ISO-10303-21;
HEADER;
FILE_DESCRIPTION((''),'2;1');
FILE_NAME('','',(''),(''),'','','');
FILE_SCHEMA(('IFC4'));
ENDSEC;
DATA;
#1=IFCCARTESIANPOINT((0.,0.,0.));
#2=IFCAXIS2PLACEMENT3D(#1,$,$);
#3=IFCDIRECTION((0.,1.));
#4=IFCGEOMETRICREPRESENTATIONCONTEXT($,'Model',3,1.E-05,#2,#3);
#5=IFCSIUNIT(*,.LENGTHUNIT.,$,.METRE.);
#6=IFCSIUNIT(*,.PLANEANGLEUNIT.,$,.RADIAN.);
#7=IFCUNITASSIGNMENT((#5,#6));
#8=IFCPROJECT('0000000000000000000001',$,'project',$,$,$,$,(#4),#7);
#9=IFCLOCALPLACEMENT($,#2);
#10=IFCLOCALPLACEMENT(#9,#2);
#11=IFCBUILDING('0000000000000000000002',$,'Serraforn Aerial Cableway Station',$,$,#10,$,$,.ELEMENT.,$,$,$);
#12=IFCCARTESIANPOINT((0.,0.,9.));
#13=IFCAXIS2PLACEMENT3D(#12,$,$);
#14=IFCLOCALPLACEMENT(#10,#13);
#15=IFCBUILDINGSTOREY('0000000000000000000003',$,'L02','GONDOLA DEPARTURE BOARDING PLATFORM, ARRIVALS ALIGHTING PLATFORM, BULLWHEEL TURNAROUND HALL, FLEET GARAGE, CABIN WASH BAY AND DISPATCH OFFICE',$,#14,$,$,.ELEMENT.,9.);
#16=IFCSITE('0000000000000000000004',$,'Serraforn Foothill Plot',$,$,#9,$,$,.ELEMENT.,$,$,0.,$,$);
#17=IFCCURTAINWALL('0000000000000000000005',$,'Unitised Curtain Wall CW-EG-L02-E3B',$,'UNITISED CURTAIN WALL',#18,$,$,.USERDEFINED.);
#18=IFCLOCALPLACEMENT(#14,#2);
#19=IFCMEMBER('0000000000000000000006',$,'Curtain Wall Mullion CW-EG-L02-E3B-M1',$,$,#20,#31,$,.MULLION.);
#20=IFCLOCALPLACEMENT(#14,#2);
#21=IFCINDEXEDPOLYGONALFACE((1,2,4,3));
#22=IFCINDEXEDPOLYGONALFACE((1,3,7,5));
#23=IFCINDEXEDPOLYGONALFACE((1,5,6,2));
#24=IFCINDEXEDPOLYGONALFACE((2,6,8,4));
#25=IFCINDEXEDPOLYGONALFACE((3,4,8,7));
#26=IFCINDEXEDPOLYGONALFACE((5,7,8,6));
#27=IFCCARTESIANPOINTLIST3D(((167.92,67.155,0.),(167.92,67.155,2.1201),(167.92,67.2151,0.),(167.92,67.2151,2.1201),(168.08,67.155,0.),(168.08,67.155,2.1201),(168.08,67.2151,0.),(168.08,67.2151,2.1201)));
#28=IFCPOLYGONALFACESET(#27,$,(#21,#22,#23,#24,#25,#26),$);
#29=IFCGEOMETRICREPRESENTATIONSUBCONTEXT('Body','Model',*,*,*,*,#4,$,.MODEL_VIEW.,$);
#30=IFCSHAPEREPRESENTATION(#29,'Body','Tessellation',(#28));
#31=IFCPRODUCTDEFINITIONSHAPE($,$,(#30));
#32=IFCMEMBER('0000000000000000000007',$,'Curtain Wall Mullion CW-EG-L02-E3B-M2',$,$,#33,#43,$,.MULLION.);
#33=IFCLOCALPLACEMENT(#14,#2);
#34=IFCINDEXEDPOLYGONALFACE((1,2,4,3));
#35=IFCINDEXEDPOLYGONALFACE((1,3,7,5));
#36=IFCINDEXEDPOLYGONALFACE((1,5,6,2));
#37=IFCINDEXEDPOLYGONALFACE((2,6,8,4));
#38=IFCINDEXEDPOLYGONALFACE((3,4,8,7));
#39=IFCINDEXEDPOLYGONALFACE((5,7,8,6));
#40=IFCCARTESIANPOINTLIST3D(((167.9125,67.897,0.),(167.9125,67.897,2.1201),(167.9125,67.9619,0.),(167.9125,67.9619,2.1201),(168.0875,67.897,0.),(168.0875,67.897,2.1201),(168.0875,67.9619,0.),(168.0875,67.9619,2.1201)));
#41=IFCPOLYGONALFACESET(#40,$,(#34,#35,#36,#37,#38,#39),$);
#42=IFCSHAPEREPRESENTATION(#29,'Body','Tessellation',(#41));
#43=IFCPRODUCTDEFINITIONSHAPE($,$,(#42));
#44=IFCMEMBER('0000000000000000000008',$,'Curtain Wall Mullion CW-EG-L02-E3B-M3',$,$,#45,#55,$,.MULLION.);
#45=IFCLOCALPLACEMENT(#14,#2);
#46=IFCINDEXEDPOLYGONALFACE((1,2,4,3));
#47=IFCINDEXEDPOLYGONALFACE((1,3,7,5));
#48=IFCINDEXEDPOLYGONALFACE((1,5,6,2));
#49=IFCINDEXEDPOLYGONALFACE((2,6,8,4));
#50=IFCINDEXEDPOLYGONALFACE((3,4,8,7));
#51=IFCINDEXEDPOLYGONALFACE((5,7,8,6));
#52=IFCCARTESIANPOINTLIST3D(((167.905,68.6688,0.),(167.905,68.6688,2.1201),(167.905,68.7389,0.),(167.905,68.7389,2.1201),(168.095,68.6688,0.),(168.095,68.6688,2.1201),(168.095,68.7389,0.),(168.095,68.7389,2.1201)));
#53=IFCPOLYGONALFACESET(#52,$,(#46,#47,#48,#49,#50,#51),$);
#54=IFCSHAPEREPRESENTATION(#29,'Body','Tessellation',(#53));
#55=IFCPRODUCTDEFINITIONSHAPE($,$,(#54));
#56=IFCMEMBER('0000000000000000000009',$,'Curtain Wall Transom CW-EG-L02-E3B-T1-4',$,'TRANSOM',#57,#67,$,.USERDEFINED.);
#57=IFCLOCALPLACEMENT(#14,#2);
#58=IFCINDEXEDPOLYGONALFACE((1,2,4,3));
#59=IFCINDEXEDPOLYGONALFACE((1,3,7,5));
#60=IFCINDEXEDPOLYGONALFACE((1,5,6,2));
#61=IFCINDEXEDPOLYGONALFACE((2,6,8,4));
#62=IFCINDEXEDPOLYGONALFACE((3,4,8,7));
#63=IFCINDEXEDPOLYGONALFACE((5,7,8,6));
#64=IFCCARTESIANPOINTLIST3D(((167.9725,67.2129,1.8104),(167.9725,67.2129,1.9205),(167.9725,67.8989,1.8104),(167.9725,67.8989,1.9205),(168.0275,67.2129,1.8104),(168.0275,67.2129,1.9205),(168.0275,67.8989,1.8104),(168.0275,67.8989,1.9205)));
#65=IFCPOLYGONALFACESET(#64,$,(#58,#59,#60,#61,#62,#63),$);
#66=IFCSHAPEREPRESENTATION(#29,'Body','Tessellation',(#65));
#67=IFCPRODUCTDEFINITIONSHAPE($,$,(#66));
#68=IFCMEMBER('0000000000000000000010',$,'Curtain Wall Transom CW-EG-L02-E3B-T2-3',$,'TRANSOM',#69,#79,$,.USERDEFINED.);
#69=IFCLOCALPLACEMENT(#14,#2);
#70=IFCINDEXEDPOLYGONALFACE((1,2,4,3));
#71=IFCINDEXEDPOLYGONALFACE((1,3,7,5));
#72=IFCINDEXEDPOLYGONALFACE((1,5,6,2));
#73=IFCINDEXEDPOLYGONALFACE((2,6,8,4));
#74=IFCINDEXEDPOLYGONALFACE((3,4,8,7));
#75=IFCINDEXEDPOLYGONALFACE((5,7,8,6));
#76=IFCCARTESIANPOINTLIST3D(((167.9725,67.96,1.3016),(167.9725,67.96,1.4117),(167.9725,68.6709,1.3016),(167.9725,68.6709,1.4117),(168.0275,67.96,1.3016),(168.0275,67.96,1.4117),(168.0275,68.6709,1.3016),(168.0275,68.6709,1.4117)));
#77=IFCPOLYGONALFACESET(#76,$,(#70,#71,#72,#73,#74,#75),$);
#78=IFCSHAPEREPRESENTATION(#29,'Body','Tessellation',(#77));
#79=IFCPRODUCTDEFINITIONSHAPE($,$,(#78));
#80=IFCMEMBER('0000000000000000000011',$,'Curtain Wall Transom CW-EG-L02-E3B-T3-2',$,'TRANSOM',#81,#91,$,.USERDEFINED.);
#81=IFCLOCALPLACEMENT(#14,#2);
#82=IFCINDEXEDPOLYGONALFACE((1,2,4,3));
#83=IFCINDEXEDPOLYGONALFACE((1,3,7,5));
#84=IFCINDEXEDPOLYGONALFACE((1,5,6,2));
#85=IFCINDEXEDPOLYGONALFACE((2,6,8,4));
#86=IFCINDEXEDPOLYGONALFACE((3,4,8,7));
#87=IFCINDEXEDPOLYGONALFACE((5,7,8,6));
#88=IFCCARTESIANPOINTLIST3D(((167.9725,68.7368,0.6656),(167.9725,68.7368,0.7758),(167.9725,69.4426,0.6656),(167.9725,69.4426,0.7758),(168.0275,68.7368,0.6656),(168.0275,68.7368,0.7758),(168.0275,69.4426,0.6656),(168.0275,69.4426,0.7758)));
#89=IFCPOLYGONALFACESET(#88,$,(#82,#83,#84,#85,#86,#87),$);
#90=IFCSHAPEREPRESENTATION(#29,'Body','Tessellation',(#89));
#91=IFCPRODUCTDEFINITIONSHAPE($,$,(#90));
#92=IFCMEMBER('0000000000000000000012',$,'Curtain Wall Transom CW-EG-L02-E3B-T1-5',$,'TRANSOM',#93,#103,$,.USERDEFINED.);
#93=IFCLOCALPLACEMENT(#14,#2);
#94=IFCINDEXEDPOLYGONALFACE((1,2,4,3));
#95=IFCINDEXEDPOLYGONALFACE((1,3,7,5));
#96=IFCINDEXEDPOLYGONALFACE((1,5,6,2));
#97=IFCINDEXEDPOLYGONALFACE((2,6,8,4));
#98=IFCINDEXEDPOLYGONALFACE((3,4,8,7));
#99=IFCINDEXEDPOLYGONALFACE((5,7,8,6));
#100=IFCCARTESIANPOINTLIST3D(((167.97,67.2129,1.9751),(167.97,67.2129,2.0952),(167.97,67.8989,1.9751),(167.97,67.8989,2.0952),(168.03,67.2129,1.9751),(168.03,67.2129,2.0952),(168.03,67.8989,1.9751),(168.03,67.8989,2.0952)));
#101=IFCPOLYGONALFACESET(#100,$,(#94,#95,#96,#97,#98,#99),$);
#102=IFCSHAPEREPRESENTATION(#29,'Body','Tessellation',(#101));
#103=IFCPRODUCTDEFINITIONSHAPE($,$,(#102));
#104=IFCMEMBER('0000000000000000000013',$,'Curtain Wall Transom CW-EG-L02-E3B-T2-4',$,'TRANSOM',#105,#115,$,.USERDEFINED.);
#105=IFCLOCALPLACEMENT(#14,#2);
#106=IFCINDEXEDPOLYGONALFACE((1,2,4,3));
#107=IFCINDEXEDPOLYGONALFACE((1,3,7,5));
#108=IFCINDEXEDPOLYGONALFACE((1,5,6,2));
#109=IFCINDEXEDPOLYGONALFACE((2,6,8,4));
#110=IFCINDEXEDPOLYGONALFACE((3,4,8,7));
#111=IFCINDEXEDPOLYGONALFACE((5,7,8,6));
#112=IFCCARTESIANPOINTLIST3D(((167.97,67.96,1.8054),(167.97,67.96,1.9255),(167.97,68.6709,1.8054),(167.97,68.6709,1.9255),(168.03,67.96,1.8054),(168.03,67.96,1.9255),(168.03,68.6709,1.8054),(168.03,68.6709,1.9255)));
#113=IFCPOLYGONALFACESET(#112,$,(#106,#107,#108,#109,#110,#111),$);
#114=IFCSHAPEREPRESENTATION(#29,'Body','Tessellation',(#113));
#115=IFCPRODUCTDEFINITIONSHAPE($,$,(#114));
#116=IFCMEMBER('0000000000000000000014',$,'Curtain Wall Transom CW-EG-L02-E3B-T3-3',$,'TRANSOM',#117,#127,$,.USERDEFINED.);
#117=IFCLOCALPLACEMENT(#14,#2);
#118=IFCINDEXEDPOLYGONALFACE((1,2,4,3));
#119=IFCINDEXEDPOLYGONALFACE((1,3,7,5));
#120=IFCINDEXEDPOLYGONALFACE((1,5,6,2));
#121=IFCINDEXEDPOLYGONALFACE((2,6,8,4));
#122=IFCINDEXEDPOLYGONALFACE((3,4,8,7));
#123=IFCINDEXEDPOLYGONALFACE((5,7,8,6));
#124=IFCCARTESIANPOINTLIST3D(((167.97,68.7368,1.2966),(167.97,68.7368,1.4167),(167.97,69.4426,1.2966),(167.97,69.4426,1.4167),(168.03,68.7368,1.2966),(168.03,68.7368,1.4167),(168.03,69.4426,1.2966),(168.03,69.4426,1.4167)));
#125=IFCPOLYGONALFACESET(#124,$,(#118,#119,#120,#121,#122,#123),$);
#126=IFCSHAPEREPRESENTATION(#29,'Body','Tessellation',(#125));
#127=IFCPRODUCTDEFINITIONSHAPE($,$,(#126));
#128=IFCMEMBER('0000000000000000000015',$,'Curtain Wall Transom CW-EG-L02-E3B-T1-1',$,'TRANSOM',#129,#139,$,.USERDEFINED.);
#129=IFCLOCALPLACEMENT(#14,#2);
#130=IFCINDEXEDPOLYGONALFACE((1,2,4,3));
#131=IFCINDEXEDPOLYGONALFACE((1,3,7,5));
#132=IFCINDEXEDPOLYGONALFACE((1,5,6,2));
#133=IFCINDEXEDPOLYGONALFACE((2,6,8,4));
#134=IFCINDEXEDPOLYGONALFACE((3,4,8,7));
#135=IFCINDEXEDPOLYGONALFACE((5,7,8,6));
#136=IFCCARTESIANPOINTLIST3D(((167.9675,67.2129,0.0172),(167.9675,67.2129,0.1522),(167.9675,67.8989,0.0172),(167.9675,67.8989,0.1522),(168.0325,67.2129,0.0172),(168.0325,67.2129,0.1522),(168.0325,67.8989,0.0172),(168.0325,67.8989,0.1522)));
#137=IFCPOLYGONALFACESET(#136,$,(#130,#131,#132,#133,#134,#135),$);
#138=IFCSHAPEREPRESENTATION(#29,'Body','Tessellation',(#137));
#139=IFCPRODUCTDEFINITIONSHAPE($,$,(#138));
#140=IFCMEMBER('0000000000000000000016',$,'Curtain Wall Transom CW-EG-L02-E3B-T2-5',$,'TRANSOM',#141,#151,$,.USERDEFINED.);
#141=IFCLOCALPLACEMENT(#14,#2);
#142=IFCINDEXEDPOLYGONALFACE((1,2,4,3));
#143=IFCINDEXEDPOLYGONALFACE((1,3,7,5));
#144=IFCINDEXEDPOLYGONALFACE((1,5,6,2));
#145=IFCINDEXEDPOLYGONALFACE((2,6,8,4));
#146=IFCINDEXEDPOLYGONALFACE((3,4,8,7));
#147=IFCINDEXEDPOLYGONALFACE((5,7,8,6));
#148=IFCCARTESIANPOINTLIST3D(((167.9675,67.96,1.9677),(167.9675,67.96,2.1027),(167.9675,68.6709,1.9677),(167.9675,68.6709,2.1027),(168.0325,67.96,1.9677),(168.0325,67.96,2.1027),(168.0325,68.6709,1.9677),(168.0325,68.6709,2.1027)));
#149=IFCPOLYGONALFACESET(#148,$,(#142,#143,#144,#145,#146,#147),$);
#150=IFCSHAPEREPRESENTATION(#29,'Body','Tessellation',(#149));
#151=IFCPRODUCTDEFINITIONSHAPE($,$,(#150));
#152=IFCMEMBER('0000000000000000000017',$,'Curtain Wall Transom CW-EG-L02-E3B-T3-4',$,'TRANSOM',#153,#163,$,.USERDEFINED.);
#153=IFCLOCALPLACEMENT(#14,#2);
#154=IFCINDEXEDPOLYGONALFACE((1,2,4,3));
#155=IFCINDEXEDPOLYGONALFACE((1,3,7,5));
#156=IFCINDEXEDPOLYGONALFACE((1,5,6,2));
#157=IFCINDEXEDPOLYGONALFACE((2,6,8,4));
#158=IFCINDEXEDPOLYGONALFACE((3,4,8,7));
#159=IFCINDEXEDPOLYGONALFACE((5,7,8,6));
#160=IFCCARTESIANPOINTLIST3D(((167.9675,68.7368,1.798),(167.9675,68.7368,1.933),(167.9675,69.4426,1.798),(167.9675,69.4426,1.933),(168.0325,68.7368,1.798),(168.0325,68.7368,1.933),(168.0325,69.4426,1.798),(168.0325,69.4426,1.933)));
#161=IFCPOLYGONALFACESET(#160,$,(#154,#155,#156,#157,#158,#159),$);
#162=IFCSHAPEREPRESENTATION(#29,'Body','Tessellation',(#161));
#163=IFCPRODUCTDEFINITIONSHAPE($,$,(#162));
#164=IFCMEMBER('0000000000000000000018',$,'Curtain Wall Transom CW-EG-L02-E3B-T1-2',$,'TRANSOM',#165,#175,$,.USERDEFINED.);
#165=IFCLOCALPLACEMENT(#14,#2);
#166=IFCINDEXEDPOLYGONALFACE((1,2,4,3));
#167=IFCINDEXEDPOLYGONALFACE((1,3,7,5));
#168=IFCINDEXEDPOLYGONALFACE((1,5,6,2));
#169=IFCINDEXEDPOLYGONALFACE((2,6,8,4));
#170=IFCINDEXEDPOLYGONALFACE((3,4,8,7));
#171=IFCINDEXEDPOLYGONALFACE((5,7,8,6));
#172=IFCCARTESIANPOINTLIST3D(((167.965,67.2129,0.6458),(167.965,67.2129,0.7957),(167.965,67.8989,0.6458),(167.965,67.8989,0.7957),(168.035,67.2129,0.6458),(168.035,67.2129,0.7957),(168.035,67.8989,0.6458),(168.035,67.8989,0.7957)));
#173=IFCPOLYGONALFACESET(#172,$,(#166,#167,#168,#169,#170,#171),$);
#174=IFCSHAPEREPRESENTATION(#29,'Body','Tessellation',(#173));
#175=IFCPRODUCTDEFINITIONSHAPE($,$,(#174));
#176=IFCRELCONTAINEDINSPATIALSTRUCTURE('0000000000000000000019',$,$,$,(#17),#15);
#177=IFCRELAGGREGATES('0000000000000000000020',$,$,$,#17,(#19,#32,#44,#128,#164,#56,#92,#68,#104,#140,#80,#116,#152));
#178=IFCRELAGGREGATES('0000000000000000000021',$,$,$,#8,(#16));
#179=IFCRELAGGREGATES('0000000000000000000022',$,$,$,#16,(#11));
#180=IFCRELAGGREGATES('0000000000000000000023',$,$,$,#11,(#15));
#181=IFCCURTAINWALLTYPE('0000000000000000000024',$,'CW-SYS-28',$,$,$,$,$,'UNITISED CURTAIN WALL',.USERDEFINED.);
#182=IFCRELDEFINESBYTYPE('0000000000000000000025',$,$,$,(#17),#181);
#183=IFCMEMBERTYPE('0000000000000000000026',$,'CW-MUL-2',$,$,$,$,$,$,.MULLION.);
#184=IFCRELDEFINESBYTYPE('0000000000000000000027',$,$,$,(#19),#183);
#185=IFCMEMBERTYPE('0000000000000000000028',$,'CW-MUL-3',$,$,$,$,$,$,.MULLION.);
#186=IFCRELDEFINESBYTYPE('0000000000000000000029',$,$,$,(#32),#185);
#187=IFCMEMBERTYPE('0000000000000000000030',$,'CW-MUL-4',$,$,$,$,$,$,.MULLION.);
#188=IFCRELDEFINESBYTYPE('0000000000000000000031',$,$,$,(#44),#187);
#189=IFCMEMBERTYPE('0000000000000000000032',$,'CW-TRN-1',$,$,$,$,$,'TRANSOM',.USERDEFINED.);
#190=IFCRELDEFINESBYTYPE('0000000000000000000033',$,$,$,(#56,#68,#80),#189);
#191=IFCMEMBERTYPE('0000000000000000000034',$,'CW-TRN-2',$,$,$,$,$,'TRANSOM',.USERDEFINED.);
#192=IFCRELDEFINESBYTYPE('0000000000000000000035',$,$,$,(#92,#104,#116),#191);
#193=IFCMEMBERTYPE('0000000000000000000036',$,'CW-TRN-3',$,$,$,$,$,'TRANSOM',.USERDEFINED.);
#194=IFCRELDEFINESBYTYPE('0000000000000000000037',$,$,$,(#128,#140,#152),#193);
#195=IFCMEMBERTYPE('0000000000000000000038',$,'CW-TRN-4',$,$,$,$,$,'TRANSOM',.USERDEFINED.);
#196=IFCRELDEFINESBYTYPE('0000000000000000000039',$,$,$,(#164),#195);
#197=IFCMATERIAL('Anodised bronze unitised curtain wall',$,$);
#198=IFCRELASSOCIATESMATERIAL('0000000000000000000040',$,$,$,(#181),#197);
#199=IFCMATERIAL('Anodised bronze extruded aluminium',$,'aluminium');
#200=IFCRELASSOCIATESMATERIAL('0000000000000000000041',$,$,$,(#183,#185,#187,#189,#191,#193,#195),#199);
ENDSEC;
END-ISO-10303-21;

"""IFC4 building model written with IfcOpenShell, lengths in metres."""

from ifc_helpers import new_model, si_unit, direction, frame, origin, origin_2d, place, context, subcontext, project, spatial, rectangle, extrude, material, material_profile, profile_set, type_object, element, aggregate, save


model = new_model("IFC4")

# Units and contexts
model_context = context("Model", 3, precision=1e-05, world=origin(), true_north=direction((0.0, 1.0)))
body_context = subcontext(model_context, "Body", "Model", "MODEL_VIEW")
ifc_project = project(units=[si_unit("LENGTHUNIT", "METRE"), si_unit("PLANEANGLEUNIT", "RADIAN")], contexts=[model_context])

# Site, building, storey
site_placement = place(None, origin())
site = spatial("IfcSite", under=ifc_project, at=site_placement, Name="Serraforn Foothill Plot", CompositionType="ELEMENT", RefElevation=0.0)
building_placement = place(site_placement, origin())
building = spatial("IfcBuilding", under=site, at=building_placement, Name="Serraforn Aerial Cableway Station", CompositionType="ELEMENT")
storey_placement = place(building_placement, frame((0.0, 0.0, 9.0)))
storey = spatial("IfcBuildingStorey", under=building, at=storey_placement, Name="L02", Description="GONDOLA DEPARTURE BOARDING PLATFORM, ARRIVALS ALIGHTING PLATFORM, BULLWHEEL TURNAROUND HALL, FLEET GARAGE, CABIN WASH BAY AND DISPATCH OFFICE", CompositionType="ELEMENT", Elevation=9.0)

# Curtain wall, members
ifc_material_1 = material(Name="Anodised bronze unitised curtain wall")
curtain_wall_type = type_object("IfcCurtainWallType", Name="CW-SYS-28", ElementType="UNITISED CURTAIN WALL", PredefinedType="USERDEFINED", material=ifc_material_1)
curtain_wall_placement = place(storey_placement, origin())
curtain_wall = element("IfcCurtainWall", 1, at=curtain_wall_placement, inside=storey, type_object=curtain_wall_type, Name="Unitised Curtain Wall CW-EG-L02-E3B", ObjectType="UNITISED CURTAIN WALL", PredefinedType="USERDEFINED")
ifc_material_2 = material(Name="Anodised bronze extruded aluminium", Category="aluminium")
ifc_material_profile_1 = material_profile(ifc_material_2, rectangle(XDim=0.0601, YDim=0.1599, at=origin_2d()), Name="CW MULLION 60x160")
ifc_profile_set_1 = profile_set([ifc_material_profile_1], Name="Anodised bronze extruded aluminium")
member_type_1 = type_object("IfcMemberType", Name="CW-MUL-2", PredefinedType="MULLION", material=ifc_profile_set_1)
member_1_placement = place(storey_placement, frame((168.0, 67.1851, 0.0), z_axis=(0.0, 0.0, 1.0), x_axis=(0.0, 1.0, 0.0)))
member_1 = element("IfcMember", 2, at=member_1_placement, type_object=member_type_1, Name="Curtain Wall Mullion CW-EG-L02-E3B-M1", PredefinedType="MULLION", context=body_context, shape_type="SweptSolid", body=[
    extrude(rectangle(XDim=0.0601, YDim=0.1599, at=origin_2d()), origin(), (0.0, 0.0, 1.0), 2.1201),
])
ifc_material_profile_2 = material_profile(ifc_material_2, rectangle(XDim=0.0649, YDim=0.175, at=origin_2d()), Name="CW MULLION 65x175")
ifc_profile_set_2 = profile_set([ifc_material_profile_2], Name="Anodised bronze extruded aluminium")
member_type_2 = type_object("IfcMemberType", Name="CW-MUL-3", PredefinedType="MULLION", material=ifc_profile_set_2)
member_2_placement = place(storey_placement, frame((168.0, 67.9294, 0.0), z_axis=(0.0, 0.0, 1.0), x_axis=(0.0, 1.0, 0.0)))
member_2 = element("IfcMember", 3, at=member_2_placement, type_object=member_type_2, Name="Curtain Wall Mullion CW-EG-L02-E3B-M2", PredefinedType="MULLION", context=body_context, shape_type="SweptSolid", body=[
    extrude(rectangle(XDim=0.0649, YDim=0.175, at=origin_2d()), origin(), (0.0, 0.0, 1.0), 2.1201),
])
ifc_material_profile_3 = material_profile(ifc_material_2, rectangle(XDim=0.0701, YDim=0.1899, at=origin_2d()), Name="CW MULLION 70x190")
ifc_profile_set_3 = profile_set([ifc_material_profile_3], Name="Anodised bronze extruded aluminium")
member_type_3 = type_object("IfcMemberType", Name="CW-MUL-4", PredefinedType="MULLION", material=ifc_profile_set_3)
member_3_placement = place(storey_placement, frame((168.0, 68.7039, 0.0), z_axis=(0.0, 0.0, 1.0), x_axis=(0.0, 1.0, 0.0)))
member_3 = element("IfcMember", 4, at=member_3_placement, type_object=member_type_3, Name="Curtain Wall Mullion CW-EG-L02-E3B-M3", PredefinedType="MULLION", context=body_context, shape_type="SweptSolid", body=[
    extrude(rectangle(XDim=0.0701, YDim=0.1899, at=origin_2d()), origin(), (0.0, 0.0, 1.0), 2.1201),
])
ifc_material_profile_4 = material_profile(ifc_material_2, rectangle(XDim=0.0549, YDim=0.1101, at=origin_2d()), Name="CW TRANSOM 55x110")
ifc_profile_set_4 = profile_set([ifc_material_profile_4], Name="Anodised bronze extruded aluminium")
member_type_4 = type_object("IfcMemberType", Name="CW-TRN-1", ElementType="TRANSOM", PredefinedType="USERDEFINED", material=ifc_profile_set_4)
member_4_placement = place(storey_placement, frame((168.0, 67.2129, 1.8655), z_axis=(0.0, 1.0, 0.0), x_axis=(-1.0, 0.0, 0.0)))
member_4 = element("IfcMember", 5, at=member_4_placement, type_object=member_type_4, Name="Curtain Wall Transom CW-EG-L02-E3B-T1-4", ObjectType="TRANSOM", PredefinedType="USERDEFINED", context=body_context, shape_type="SweptSolid", body=[
    extrude(rectangle(XDim=0.0549, YDim=0.1101, at=origin_2d()), origin(), (0.0, 0.0, 1.0), 0.686),
])
member_5_placement = place(storey_placement, frame((168.0, 67.96, 1.3567), z_axis=(0.0, 1.0, 0.0), x_axis=(-1.0, 0.0, 0.0)))
member_5 = element("IfcMember", 6, at=member_5_placement, type_object=member_type_4, Name="Curtain Wall Transom CW-EG-L02-E3B-T2-3", ObjectType="TRANSOM", PredefinedType="USERDEFINED", context=body_context, shape_type="SweptSolid", body=[
    extrude(rectangle(XDim=0.0549, YDim=0.1101, at=origin_2d()), origin(), (0.0, 0.0, 1.0), 0.7109),
])
member_6_placement = place(storey_placement, frame((168.0, 68.7368, 0.7207), z_axis=(0.0, 1.0, 0.0), x_axis=(-1.0, 0.0, 0.0)))
member_6 = element("IfcMember", 7, at=member_6_placement, type_object=member_type_4, Name="Curtain Wall Transom CW-EG-L02-E3B-T3-2", ObjectType="TRANSOM", PredefinedType="USERDEFINED", context=body_context, shape_type="SweptSolid", body=[
    extrude(rectangle(XDim=0.0549, YDim=0.1101, at=origin_2d()), origin(), (0.0, 0.0, 1.0), 0.7058),
])
ifc_material_profile_5 = material_profile(ifc_material_2, rectangle(XDim=0.0601, YDim=0.1201, at=origin_2d()), Name="CW TRANSOM 60x120")
ifc_profile_set_5 = profile_set([ifc_material_profile_5], Name="Anodised bronze extruded aluminium")
member_type_5 = type_object("IfcMemberType", Name="CW-TRN-2", ElementType="TRANSOM", PredefinedType="USERDEFINED", material=ifc_profile_set_5)
member_7_placement = place(storey_placement, frame((168.0, 67.2129, 2.0352), z_axis=(0.0, 1.0, 0.0), x_axis=(-1.0, 0.0, 0.0)))
member_7 = element("IfcMember", 8, at=member_7_placement, type_object=member_type_5, Name="Curtain Wall Transom CW-EG-L02-E3B-T1-5", ObjectType="TRANSOM", PredefinedType="USERDEFINED", context=body_context, shape_type="SweptSolid", body=[
    extrude(rectangle(XDim=0.0601, YDim=0.1201, at=origin_2d()), origin(), (0.0, 0.0, 1.0), 0.686),
])
member_8_placement = place(storey_placement, frame((168.0, 67.96, 1.8655), z_axis=(0.0, 1.0, 0.0), x_axis=(-1.0, 0.0, 0.0)))
member_8 = element("IfcMember", 9, at=member_8_placement, type_object=member_type_5, Name="Curtain Wall Transom CW-EG-L02-E3B-T2-4", ObjectType="TRANSOM", PredefinedType="USERDEFINED", context=body_context, shape_type="SweptSolid", body=[
    extrude(rectangle(XDim=0.0601, YDim=0.1201, at=origin_2d()), origin(), (0.0, 0.0, 1.0), 0.7109),
])
member_9_placement = place(storey_placement, frame((168.0, 68.7368, 1.3567), z_axis=(0.0, 1.0, 0.0), x_axis=(-1.0, 0.0, 0.0)))
member_9 = element("IfcMember", 10, at=member_9_placement, type_object=member_type_5, Name="Curtain Wall Transom CW-EG-L02-E3B-T3-3", ObjectType="TRANSOM", PredefinedType="USERDEFINED", context=body_context, shape_type="SweptSolid", body=[
    extrude(rectangle(XDim=0.0601, YDim=0.1201, at=origin_2d()), origin(), (0.0, 0.0, 1.0), 0.7058),
])
ifc_material_profile_6 = material_profile(ifc_material_2, rectangle(XDim=0.0649, YDim=0.135, at=origin_2d()), Name="CW TRANSOM 65x135")
ifc_profile_set_6 = profile_set([ifc_material_profile_6], Name="Anodised bronze extruded aluminium")
member_type_6 = type_object("IfcMemberType", Name="CW-TRN-3", ElementType="TRANSOM", PredefinedType="USERDEFINED", material=ifc_profile_set_6)
member_10_placement = place(storey_placement, frame((168.0, 67.2129, 0.0847), z_axis=(0.0, 1.0, 0.0), x_axis=(-1.0, 0.0, 0.0)))
member_10 = element("IfcMember", 11, at=member_10_placement, type_object=member_type_6, Name="Curtain Wall Transom CW-EG-L02-E3B-T1-1", ObjectType="TRANSOM", PredefinedType="USERDEFINED", context=body_context, shape_type="SweptSolid", body=[
    extrude(rectangle(XDim=0.0649, YDim=0.135, at=origin_2d()), origin(), (0.0, 0.0, 1.0), 0.686),
])
member_11_placement = place(storey_placement, frame((168.0, 67.96, 2.0352), z_axis=(0.0, 1.0, 0.0), x_axis=(-1.0, 0.0, 0.0)))
member_11 = element("IfcMember", 12, at=member_11_placement, type_object=member_type_6, Name="Curtain Wall Transom CW-EG-L02-E3B-T2-5", ObjectType="TRANSOM", PredefinedType="USERDEFINED", context=body_context, shape_type="SweptSolid", body=[
    extrude(rectangle(XDim=0.0649, YDim=0.135, at=origin_2d()), origin(), (0.0, 0.0, 1.0), 0.7109),
])
member_12_placement = place(storey_placement, frame((168.0, 68.7368, 1.8655), z_axis=(0.0, 1.0, 0.0), x_axis=(-1.0, 0.0, 0.0)))
member_12 = element("IfcMember", 13, at=member_12_placement, type_object=member_type_6, Name="Curtain Wall Transom CW-EG-L02-E3B-T3-4", ObjectType="TRANSOM", PredefinedType="USERDEFINED", context=body_context, shape_type="SweptSolid", body=[
    extrude(rectangle(XDim=0.0649, YDim=0.135, at=origin_2d()), origin(), (0.0, 0.0, 1.0), 0.7058),
])
ifc_material_profile_7 = material_profile(ifc_material_2, rectangle(XDim=0.0701, YDim=0.1499, at=origin_2d()), Name="CW TRANSOM 70x150")
ifc_profile_set_7 = profile_set([ifc_material_profile_7], Name="Anodised bronze extruded aluminium")
member_type_7 = type_object("IfcMemberType", Name="CW-TRN-4", ElementType="TRANSOM", PredefinedType="USERDEFINED", material=ifc_profile_set_7)
member_13_placement = place(storey_placement, frame((168.0, 67.2129, 0.7207), z_axis=(0.0, 1.0, 0.0), x_axis=(-1.0, 0.0, 0.0)))
member_13 = element("IfcMember", 14, at=member_13_placement, type_object=member_type_7, Name="Curtain Wall Transom CW-EG-L02-E3B-T1-2", ObjectType="TRANSOM", PredefinedType="USERDEFINED", context=body_context, shape_type="SweptSolid", body=[
    extrude(rectangle(XDim=0.0701, YDim=0.1499, at=origin_2d()), origin(), (0.0, 0.0, 1.0), 0.686),
])

aggregate(curtain_wall, [member_1, member_2, member_3, member_10, member_13, member_4, member_7, member_5, member_8, member_11, member_6, member_9, member_12])

save(model, "model.ifc")
